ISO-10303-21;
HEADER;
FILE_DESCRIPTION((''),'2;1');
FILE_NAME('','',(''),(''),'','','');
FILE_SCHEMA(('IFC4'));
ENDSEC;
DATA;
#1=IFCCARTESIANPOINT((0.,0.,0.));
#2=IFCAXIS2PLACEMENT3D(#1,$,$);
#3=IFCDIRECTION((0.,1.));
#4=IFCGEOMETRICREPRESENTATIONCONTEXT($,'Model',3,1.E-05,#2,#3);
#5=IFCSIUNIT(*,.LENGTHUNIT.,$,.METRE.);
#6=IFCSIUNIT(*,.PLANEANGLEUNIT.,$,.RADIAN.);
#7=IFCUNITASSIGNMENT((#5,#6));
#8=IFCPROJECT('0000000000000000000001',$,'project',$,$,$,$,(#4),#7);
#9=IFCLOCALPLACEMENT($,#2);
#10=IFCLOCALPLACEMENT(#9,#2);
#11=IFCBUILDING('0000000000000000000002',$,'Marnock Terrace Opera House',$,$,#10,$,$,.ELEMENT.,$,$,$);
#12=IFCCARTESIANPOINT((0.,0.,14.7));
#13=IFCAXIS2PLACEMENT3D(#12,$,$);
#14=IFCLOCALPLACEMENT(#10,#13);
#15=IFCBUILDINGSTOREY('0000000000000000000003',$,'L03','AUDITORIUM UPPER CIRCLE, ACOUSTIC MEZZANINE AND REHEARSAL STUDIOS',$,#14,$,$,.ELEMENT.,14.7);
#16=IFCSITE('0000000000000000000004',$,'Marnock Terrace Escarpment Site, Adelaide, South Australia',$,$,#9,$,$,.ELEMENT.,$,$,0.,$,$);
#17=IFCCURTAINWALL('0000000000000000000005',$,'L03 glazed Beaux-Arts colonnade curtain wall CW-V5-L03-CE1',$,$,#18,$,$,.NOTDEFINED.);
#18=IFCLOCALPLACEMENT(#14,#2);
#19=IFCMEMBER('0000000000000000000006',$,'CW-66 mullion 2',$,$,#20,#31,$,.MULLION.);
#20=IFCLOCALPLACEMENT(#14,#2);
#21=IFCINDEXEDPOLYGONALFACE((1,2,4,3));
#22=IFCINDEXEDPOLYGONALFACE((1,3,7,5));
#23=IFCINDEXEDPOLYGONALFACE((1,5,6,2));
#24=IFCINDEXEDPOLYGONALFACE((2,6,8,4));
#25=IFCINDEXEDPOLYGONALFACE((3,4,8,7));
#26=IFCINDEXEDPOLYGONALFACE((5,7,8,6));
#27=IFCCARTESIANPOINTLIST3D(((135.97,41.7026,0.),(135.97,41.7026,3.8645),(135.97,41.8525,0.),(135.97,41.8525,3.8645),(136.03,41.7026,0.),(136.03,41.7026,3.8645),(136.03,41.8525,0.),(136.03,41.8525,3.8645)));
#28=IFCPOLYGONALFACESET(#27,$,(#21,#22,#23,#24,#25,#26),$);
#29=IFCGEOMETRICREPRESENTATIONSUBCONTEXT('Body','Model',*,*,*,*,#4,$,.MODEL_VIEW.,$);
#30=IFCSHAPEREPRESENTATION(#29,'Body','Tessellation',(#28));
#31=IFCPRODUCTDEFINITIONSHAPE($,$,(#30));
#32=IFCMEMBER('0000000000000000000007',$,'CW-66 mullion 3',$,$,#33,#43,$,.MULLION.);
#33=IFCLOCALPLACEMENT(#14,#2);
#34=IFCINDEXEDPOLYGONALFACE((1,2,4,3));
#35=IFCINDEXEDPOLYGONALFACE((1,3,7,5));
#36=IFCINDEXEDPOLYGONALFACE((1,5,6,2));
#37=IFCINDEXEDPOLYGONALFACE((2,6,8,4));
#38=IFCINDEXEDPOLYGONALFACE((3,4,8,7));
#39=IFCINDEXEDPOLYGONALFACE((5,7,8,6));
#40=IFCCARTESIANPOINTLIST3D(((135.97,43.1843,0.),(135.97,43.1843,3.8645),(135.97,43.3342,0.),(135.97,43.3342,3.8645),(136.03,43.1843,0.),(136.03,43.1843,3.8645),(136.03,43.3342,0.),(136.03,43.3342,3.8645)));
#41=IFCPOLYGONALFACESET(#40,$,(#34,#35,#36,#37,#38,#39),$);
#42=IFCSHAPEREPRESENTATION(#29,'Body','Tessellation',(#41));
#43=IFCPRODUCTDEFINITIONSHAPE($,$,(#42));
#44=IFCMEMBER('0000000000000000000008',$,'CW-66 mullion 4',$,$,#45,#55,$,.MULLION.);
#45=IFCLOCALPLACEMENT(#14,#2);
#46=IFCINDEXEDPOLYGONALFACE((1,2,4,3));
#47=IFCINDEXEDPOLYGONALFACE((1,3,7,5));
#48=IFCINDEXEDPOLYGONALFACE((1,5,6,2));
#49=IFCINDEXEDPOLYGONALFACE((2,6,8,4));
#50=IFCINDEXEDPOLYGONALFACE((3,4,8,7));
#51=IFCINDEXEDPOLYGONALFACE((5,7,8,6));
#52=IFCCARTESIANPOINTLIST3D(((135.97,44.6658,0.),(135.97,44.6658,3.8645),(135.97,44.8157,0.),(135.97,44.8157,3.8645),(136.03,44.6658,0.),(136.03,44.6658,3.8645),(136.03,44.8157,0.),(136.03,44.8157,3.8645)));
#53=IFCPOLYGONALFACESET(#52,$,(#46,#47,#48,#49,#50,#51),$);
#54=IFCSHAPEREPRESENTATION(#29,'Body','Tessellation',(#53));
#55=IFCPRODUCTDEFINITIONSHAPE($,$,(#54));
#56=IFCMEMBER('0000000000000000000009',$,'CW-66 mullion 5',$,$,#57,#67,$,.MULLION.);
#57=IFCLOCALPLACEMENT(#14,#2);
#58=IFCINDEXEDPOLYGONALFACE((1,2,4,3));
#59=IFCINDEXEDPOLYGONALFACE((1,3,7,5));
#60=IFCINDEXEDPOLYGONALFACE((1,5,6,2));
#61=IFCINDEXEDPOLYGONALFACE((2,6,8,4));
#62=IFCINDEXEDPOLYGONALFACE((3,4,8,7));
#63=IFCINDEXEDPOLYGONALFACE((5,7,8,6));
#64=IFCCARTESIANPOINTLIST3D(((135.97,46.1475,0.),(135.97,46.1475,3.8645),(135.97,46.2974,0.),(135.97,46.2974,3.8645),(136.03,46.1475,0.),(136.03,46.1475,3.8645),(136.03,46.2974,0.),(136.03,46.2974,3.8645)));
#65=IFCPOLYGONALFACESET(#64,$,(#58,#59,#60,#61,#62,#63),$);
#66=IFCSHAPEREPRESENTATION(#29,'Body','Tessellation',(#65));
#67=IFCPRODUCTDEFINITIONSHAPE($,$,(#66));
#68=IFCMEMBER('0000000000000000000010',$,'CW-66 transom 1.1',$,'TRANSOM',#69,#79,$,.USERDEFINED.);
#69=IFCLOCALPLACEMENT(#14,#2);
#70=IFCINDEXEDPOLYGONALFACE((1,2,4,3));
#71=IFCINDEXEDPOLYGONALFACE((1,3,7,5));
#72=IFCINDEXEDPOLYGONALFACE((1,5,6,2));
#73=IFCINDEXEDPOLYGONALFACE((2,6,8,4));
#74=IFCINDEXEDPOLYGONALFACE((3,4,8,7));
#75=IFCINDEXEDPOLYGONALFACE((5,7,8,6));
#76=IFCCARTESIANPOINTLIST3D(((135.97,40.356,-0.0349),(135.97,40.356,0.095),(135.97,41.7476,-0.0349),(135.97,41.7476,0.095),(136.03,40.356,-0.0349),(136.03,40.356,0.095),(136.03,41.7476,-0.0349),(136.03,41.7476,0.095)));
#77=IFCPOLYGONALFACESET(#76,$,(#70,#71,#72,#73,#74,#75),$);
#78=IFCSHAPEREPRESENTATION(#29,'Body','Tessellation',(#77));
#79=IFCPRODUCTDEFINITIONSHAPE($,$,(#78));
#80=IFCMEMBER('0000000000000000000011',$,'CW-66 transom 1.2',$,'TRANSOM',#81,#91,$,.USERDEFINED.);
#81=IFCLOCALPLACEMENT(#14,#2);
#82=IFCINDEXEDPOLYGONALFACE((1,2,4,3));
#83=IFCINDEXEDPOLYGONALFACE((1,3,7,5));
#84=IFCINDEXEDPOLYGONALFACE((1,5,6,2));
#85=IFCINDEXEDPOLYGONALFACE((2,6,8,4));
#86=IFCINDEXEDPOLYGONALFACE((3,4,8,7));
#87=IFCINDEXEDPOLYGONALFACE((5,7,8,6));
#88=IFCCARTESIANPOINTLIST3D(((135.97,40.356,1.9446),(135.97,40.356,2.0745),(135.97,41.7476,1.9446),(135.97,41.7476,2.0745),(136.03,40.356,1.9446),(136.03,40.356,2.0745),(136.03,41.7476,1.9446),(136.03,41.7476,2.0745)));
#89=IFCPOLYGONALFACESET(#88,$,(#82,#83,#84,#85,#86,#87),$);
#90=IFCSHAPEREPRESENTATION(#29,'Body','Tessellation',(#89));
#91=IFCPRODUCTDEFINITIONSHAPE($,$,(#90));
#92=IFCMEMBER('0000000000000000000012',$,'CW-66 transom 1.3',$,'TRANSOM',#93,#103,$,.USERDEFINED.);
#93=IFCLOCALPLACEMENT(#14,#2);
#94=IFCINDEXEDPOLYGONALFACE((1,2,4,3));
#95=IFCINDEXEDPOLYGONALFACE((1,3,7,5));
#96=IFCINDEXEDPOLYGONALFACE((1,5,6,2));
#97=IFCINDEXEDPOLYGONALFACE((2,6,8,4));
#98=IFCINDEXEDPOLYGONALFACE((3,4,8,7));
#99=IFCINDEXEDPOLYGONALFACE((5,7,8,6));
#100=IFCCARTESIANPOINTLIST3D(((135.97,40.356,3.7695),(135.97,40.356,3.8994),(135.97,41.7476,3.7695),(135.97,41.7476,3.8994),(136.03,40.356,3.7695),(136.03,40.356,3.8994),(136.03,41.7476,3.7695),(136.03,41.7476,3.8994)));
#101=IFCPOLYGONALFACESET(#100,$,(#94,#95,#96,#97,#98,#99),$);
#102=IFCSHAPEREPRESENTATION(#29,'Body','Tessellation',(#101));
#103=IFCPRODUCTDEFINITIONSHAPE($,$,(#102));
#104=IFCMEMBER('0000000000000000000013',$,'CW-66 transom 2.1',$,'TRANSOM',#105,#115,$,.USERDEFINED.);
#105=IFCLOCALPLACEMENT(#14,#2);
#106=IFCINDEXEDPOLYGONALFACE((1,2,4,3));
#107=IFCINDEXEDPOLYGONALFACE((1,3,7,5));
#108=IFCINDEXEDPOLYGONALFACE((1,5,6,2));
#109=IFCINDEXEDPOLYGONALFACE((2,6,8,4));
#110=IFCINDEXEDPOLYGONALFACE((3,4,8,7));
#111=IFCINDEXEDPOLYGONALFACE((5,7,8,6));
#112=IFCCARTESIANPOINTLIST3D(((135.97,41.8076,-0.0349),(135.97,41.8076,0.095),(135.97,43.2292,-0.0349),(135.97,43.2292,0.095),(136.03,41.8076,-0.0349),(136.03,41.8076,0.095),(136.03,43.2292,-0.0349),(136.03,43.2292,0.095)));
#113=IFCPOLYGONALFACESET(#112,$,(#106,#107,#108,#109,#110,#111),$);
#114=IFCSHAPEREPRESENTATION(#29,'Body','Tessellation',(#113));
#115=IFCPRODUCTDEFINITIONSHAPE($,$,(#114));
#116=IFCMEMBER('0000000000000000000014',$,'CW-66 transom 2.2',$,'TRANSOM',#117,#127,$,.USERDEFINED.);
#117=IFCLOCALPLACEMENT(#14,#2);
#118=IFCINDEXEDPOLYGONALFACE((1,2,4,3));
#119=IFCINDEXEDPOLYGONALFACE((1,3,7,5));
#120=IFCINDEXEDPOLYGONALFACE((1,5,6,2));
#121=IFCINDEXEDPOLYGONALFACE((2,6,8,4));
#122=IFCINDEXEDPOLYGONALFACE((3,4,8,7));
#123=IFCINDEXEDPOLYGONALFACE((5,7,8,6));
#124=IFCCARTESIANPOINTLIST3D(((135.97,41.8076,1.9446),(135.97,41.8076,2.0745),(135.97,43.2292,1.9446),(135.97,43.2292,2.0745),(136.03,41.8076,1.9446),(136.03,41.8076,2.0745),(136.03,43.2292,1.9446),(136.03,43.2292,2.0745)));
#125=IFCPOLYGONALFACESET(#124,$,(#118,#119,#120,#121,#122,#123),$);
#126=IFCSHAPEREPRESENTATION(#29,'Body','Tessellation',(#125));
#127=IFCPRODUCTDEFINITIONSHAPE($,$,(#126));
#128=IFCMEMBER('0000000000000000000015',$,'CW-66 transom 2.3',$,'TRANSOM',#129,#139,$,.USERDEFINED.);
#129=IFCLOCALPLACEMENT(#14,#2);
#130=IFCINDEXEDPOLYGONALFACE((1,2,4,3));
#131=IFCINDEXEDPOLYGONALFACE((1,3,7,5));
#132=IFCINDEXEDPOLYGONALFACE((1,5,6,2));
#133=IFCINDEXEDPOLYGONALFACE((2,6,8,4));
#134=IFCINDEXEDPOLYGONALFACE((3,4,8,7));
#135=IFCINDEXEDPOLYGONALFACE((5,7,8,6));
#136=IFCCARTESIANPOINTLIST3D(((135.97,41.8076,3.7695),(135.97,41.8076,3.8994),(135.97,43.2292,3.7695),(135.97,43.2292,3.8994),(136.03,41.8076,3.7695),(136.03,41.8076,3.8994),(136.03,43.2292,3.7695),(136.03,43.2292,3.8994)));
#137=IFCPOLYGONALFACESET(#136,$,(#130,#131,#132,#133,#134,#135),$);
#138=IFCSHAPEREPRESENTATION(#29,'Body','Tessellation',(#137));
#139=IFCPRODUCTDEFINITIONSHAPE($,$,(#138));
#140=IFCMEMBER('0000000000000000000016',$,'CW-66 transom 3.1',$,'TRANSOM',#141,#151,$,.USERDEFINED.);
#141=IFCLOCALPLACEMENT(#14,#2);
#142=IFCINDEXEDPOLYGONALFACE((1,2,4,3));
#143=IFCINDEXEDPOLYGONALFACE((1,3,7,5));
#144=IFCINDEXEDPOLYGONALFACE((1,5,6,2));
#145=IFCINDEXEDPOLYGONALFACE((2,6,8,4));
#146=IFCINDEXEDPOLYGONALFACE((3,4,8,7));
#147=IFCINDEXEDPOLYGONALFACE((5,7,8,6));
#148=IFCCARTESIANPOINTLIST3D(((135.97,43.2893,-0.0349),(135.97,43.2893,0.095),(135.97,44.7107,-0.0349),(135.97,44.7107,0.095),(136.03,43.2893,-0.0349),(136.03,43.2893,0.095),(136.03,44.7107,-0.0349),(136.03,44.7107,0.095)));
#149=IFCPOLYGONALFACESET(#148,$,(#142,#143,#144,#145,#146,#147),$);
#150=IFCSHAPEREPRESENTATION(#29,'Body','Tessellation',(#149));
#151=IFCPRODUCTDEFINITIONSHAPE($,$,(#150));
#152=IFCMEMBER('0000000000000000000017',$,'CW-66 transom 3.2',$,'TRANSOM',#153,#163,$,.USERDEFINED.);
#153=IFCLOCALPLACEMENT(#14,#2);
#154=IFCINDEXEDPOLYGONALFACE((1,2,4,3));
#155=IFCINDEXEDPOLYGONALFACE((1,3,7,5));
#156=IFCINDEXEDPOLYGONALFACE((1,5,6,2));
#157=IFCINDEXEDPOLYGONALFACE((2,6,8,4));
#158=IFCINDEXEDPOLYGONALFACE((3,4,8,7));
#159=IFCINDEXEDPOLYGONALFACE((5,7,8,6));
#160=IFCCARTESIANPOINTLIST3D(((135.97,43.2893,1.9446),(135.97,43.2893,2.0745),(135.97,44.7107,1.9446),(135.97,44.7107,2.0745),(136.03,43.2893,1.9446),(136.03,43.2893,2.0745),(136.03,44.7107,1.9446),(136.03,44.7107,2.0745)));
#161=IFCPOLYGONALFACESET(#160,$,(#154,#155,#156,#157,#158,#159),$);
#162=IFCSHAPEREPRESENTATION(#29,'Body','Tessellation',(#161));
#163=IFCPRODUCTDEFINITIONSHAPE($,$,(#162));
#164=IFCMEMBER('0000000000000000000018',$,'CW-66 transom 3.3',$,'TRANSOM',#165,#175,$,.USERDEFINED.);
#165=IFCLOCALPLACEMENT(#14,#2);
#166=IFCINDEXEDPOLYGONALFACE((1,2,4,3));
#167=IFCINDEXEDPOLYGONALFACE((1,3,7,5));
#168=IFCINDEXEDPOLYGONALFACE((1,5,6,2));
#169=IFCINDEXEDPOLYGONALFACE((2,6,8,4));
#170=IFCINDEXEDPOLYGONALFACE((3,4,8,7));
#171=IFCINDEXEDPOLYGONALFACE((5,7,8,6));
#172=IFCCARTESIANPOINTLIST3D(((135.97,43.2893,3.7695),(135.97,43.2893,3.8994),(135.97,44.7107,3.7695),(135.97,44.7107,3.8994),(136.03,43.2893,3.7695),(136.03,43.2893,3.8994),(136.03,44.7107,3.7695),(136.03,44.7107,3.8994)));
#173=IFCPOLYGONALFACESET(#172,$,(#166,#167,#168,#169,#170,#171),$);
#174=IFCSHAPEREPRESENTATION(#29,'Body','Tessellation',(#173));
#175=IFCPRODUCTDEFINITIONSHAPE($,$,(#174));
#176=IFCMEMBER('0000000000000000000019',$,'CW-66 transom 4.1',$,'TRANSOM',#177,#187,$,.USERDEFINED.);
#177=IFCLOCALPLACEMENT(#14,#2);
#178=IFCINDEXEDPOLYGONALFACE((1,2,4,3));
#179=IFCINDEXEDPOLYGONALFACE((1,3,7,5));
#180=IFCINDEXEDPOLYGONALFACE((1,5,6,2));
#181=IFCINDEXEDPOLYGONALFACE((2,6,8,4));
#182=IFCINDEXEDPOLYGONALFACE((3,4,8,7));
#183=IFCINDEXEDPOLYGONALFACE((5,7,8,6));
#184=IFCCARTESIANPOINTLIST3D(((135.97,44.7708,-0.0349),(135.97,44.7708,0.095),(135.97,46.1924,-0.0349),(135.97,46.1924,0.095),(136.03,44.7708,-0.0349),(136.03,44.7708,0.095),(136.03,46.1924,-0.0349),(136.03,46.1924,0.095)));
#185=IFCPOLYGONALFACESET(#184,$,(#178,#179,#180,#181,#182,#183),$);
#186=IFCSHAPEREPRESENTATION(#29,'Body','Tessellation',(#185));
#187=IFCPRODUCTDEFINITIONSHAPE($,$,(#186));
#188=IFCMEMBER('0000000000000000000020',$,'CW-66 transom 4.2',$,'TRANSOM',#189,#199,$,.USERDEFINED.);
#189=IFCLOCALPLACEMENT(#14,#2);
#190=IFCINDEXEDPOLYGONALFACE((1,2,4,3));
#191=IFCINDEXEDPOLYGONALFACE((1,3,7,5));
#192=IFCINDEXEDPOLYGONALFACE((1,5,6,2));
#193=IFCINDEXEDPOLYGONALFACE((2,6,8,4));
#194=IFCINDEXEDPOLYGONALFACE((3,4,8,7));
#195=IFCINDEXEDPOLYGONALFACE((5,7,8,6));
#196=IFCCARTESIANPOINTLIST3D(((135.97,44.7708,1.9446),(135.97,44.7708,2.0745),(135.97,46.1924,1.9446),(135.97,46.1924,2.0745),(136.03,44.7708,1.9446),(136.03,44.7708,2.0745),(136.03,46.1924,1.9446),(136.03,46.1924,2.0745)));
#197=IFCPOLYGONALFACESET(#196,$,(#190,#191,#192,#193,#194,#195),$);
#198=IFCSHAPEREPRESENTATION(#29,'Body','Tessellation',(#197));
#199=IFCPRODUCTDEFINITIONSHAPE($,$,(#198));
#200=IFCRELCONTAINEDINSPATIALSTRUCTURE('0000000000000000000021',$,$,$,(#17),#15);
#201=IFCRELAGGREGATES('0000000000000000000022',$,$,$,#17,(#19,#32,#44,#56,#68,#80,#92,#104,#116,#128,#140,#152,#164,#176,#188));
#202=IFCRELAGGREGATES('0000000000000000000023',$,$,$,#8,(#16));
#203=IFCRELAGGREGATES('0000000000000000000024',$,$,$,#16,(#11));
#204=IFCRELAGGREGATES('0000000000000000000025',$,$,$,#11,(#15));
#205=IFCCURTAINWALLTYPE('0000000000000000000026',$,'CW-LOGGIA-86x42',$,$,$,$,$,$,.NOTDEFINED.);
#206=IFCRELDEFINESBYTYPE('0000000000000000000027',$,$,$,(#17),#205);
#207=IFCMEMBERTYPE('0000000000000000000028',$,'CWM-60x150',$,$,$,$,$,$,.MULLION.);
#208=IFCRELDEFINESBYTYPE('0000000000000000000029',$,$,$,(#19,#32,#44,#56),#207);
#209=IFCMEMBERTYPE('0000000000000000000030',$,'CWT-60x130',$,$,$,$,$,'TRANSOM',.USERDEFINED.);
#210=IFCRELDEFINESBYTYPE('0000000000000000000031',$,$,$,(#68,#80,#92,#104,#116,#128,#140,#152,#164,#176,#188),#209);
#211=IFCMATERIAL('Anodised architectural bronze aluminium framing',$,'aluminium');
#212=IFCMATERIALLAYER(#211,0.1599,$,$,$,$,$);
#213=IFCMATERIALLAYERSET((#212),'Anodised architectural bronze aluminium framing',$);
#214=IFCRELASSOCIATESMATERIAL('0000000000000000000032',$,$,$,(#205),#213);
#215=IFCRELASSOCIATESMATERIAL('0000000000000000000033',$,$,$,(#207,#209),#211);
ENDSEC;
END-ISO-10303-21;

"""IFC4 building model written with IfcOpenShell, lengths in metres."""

from ifc_helpers import new_model, si_unit, direction, frame, origin, origin_2d, place, context, subcontext, project, spatial, rectangle, extrude, material, layer, layer_set, material_profile, profile_set, type_object, element, aggregate, save


model = new_model("IFC4")

# Units and contexts
model_context = context("Model", 3, precision=1e-05, world=origin(), true_north=direction((0.0, 1.0)))
body_context = subcontext(model_context, "Body", "Model", "MODEL_VIEW")
ifc_project = project(units=[si_unit("LENGTHUNIT", "METRE"), si_unit("PLANEANGLEUNIT", "RADIAN")], contexts=[model_context])

# Site, building, storey
site_placement = place(None, origin())
site = spatial("IfcSite", under=ifc_project, at=site_placement, Name="Marnock Terrace Escarpment Site, Adelaide, South Australia", CompositionType="ELEMENT", RefElevation=0.0)
building_placement = place(site_placement, origin())
building = spatial("IfcBuilding", under=site, at=building_placement, Name="Marnock Terrace Opera House", CompositionType="ELEMENT")
storey_placement = place(building_placement, frame((0.0, 0.0, 14.7)))
storey = spatial("IfcBuildingStorey", under=building, at=storey_placement, Name="L03", Description="AUDITORIUM UPPER CIRCLE, ACOUSTIC MEZZANINE AND REHEARSAL STUDIOS", CompositionType="ELEMENT", Elevation=14.7)

# Shared definitions
ifc_material_1 = material(Name="Anodised architectural bronze aluminium framing", Category="aluminium")
ifc_layer_1 = layer(ifc_material_1, 0.1599)
ifc_layer_set_1 = layer_set([ifc_layer_1], Name="Anodised architectural bronze aluminium framing")
curtain_wall_type = type_object("IfcCurtainWallType", Name="CW-LOGGIA-86x42", PredefinedType="NOTDEFINED", material=ifc_layer_set_1)
ifc_material_profile_1 = material_profile(ifc_material_1, rectangle(XDim=0.0601, YDim=0.1499, at=origin_2d()))
ifc_profile_set_1 = profile_set([ifc_material_profile_1], Name="Anodised architectural bronze aluminium framing")
member_type_1 = type_object("IfcMemberType", Name="CWM-60x150", PredefinedType="MULLION", material=ifc_profile_set_1)

# Curtain wall, members
curtain_wall_1_placement = place(storey_placement, origin())
curtain_wall_1 = element("IfcCurtainWall", 1, at=curtain_wall_1_placement, inside=storey, type_object=curtain_wall_type, Name="L03 glazed Beaux-Arts colonnade curtain wall CW-V5-L03-CE1", PredefinedType="NOTDEFINED")
member_1_placement = place(storey_placement, frame((136.0, 41.7776, 0.0), z_axis=(0.0, 0.0, 1.0), x_axis=(-1.0, 0.0, 0.0)))
member_1 = element("IfcMember", 2, at=member_1_placement, type_object=member_type_1, Name="CW-66 mullion 2", PredefinedType="MULLION", context=body_context, shape_type="SweptSolid", body=[
    extrude(rectangle(XDim=0.0601, YDim=0.1499, at=origin_2d()), origin(), (0.0, 0.0, 1.0), 3.8645),
])
member_2_placement = place(storey_placement, frame((136.0, 43.2593, 0.0), z_axis=(0.0, 0.0, 1.0), x_axis=(-1.0, 0.0, 0.0)))
member_2 = element("IfcMember", 3, at=member_2_placement, type_object=member_type_1, Name="CW-66 mullion 3", PredefinedType="MULLION", context=body_context, shape_type="SweptSolid", body=[
    extrude(rectangle(XDim=0.0601, YDim=0.1499, at=origin_2d()), origin(), (0.0, 0.0, 1.0), 3.8645),
])
member_3_placement = place(storey_placement, frame((136.0, 44.7407, 0.0), z_axis=(0.0, 0.0, 1.0), x_axis=(-1.0, 0.0, 0.0)))
member_3 = element("IfcMember", 4, at=member_3_placement, type_object=member_type_1, Name="CW-66 mullion 4", PredefinedType="MULLION", context=body_context, shape_type="SweptSolid", body=[
    extrude(rectangle(XDim=0.0601, YDim=0.1499, at=origin_2d()), origin(), (0.0, 0.0, 1.0), 3.8645),
])
member_4_placement = place(storey_placement, frame((136.0, 46.2224, 0.0), z_axis=(0.0, 0.0, 1.0), x_axis=(-1.0, 0.0, 0.0)))
member_4 = element("IfcMember", 5, at=member_4_placement, type_object=member_type_1, Name="CW-66 mullion 5", PredefinedType="MULLION", context=body_context, shape_type="SweptSolid", body=[
    extrude(rectangle(XDim=0.0601, YDim=0.1499, at=origin_2d()), origin(), (0.0, 0.0, 1.0), 3.8645),
])
ifc_material_profile_2 = material_profile(ifc_material_1, rectangle(XDim=0.0601, YDim=0.1299, at=origin_2d()))
ifc_profile_set_2 = profile_set([ifc_material_profile_2], Name="Anodised architectural bronze aluminium framing")
member_type_2 = type_object("IfcMemberType", Name="CWT-60x130", ElementType="TRANSOM", PredefinedType="USERDEFINED", material=ifc_profile_set_2)
member_5_placement = place(storey_placement, frame((136.0, 40.356, 0.03), z_axis=(0.0, 1.0, 0.0), x_axis=(-1.0, 0.0, 0.0)))
member_5 = element("IfcMember", 6, at=member_5_placement, type_object=member_type_2, Name="CW-66 transom 1.1", ObjectType="TRANSOM", PredefinedType="USERDEFINED", context=body_context, shape_type="SweptSolid", body=[
    extrude(rectangle(XDim=0.0601, YDim=0.1299, at=origin_2d()), origin(), (0.0, 0.0, 1.0), 1.3916),
])
member_6_placement = place(storey_placement, frame((136.0, 40.356, 2.0095), z_axis=(0.0, 1.0, 0.0), x_axis=(-1.0, 0.0, 0.0)))
member_6 = element("IfcMember", 7, at=member_6_placement, type_object=member_type_2, Name="CW-66 transom 1.2", ObjectType="TRANSOM", PredefinedType="USERDEFINED", context=body_context, shape_type="SweptSolid", body=[
    extrude(rectangle(XDim=0.0601, YDim=0.1299, at=origin_2d()), origin(), (0.0, 0.0, 1.0), 1.3916),
])
member_7_placement = place(storey_placement, frame((136.0, 40.356, 3.8345), z_axis=(0.0, 1.0, 0.0), x_axis=(-1.0, 0.0, 0.0)))
member_7 = element("IfcMember", 8, at=member_7_placement, type_object=member_type_2, Name="CW-66 transom 1.3", ObjectType="TRANSOM", PredefinedType="USERDEFINED", context=body_context, shape_type="SweptSolid", body=[
    extrude(rectangle(XDim=0.0601, YDim=0.1299, at=origin_2d()), origin(), (0.0, 0.0, 1.0), 1.3916),
])
member_8_placement = place(storey_placement, frame((136.0, 41.8076, 0.03), z_axis=(0.0, 1.0, 0.0), x_axis=(-1.0, 0.0, 0.0)))
member_8 = element("IfcMember", 9, at=member_8_placement, type_object=member_type_2, Name="CW-66 transom 2.1", ObjectType="TRANSOM", PredefinedType="USERDEFINED", context=body_context, shape_type="SweptSolid", body=[
    extrude(rectangle(XDim=0.0601, YDim=0.1299, at=origin_2d()), origin(), (0.0, 0.0, 1.0), 1.4216),
])
member_9_placement = place(storey_placement, frame((136.0, 41.8076, 2.0095), z_axis=(0.0, 1.0, 0.0), x_axis=(-1.0, 0.0, 0.0)))
member_9 = element("IfcMember", 10, at=member_9_placement, type_object=member_type_2, Name="CW-66 transom 2.2", ObjectType="TRANSOM", PredefinedType="USERDEFINED", context=body_context, shape_type="SweptSolid", body=[
    extrude(rectangle(XDim=0.0601, YDim=0.1299, at=origin_2d()), origin(), (0.0, 0.0, 1.0), 1.4216),
])
member_10_placement = place(storey_placement, frame((136.0, 41.8076, 3.8345), z_axis=(0.0, 1.0, 0.0), x_axis=(-1.0, 0.0, 0.0)))
member_10 = element("IfcMember", 11, at=member_10_placement, type_object=member_type_2, Name="CW-66 transom 2.3", ObjectType="TRANSOM", PredefinedType="USERDEFINED", context=body_context, shape_type="SweptSolid", body=[
    extrude(rectangle(XDim=0.0601, YDim=0.1299, at=origin_2d()), origin(), (0.0, 0.0, 1.0), 1.4216),
])
member_11_placement = place(storey_placement, frame((136.0, 43.2893, 0.03), z_axis=(0.0, 1.0, 0.0), x_axis=(-1.0, 0.0, 0.0)))
member_11 = element("IfcMember", 12, at=member_11_placement, type_object=member_type_2, Name="CW-66 transom 3.1", ObjectType="TRANSOM", PredefinedType="USERDEFINED", context=body_context, shape_type="SweptSolid", body=[
    extrude(rectangle(XDim=0.0601, YDim=0.1299, at=origin_2d()), origin(), (0.0, 0.0, 1.0), 1.4214),
])
member_12_placement = place(storey_placement, frame((136.0, 43.2893, 2.0095), z_axis=(0.0, 1.0, 0.0), x_axis=(-1.0, 0.0, 0.0)))
member_12 = element("IfcMember", 13, at=member_12_placement, type_object=member_type_2, Name="CW-66 transom 3.2", ObjectType="TRANSOM", PredefinedType="USERDEFINED", context=body_context, shape_type="SweptSolid", body=[
    extrude(rectangle(XDim=0.0601, YDim=0.1299, at=origin_2d()), origin(), (0.0, 0.0, 1.0), 1.4214),
])
member_13_placement = place(storey_placement, frame((136.0, 43.2893, 3.8345), z_axis=(0.0, 1.0, 0.0), x_axis=(-1.0, 0.0, 0.0)))
member_13 = element("IfcMember", 14, at=member_13_placement, type_object=member_type_2, Name="CW-66 transom 3.3", ObjectType="TRANSOM", PredefinedType="USERDEFINED", context=body_context, shape_type="SweptSolid", body=[
    extrude(rectangle(XDim=0.0601, YDim=0.1299, at=origin_2d()), origin(), (0.0, 0.0, 1.0), 1.4214),
])
member_14_placement = place(storey_placement, frame((136.0, 44.7708, 0.03), z_axis=(0.0, 1.0, 0.0), x_axis=(-1.0, 0.0, 0.0)))
member_14 = element("IfcMember", 15, at=member_14_placement, type_object=member_type_2, Name="CW-66 transom 4.1", ObjectType="TRANSOM", PredefinedType="USERDEFINED", context=body_context, shape_type="SweptSolid", body=[
    extrude(rectangle(XDim=0.0601, YDim=0.1299, at=origin_2d()), origin(), (0.0, 0.0, 1.0), 1.4216),
])
member_15_placement = place(storey_placement, frame((136.0, 44.7708, 2.0095), z_axis=(0.0, 1.0, 0.0), x_axis=(-1.0, 0.0, 0.0)))
member_15 = element("IfcMember", 16, at=member_15_placement, type_object=member_type_2, Name="CW-66 transom 4.2", ObjectType="TRANSOM", PredefinedType="USERDEFINED", context=body_context, shape_type="SweptSolid", body=[
    extrude(rectangle(XDim=0.0601, YDim=0.1299, at=origin_2d()), origin(), (0.0, 0.0, 1.0), 1.4216),
])

aggregate(curtain_wall_1, [member_1, member_2, member_3, member_4, member_5, member_6, member_7, member_8, member_9, member_10, member_11, member_12, member_13, member_14, member_15])

save(model, "model.ifc")
